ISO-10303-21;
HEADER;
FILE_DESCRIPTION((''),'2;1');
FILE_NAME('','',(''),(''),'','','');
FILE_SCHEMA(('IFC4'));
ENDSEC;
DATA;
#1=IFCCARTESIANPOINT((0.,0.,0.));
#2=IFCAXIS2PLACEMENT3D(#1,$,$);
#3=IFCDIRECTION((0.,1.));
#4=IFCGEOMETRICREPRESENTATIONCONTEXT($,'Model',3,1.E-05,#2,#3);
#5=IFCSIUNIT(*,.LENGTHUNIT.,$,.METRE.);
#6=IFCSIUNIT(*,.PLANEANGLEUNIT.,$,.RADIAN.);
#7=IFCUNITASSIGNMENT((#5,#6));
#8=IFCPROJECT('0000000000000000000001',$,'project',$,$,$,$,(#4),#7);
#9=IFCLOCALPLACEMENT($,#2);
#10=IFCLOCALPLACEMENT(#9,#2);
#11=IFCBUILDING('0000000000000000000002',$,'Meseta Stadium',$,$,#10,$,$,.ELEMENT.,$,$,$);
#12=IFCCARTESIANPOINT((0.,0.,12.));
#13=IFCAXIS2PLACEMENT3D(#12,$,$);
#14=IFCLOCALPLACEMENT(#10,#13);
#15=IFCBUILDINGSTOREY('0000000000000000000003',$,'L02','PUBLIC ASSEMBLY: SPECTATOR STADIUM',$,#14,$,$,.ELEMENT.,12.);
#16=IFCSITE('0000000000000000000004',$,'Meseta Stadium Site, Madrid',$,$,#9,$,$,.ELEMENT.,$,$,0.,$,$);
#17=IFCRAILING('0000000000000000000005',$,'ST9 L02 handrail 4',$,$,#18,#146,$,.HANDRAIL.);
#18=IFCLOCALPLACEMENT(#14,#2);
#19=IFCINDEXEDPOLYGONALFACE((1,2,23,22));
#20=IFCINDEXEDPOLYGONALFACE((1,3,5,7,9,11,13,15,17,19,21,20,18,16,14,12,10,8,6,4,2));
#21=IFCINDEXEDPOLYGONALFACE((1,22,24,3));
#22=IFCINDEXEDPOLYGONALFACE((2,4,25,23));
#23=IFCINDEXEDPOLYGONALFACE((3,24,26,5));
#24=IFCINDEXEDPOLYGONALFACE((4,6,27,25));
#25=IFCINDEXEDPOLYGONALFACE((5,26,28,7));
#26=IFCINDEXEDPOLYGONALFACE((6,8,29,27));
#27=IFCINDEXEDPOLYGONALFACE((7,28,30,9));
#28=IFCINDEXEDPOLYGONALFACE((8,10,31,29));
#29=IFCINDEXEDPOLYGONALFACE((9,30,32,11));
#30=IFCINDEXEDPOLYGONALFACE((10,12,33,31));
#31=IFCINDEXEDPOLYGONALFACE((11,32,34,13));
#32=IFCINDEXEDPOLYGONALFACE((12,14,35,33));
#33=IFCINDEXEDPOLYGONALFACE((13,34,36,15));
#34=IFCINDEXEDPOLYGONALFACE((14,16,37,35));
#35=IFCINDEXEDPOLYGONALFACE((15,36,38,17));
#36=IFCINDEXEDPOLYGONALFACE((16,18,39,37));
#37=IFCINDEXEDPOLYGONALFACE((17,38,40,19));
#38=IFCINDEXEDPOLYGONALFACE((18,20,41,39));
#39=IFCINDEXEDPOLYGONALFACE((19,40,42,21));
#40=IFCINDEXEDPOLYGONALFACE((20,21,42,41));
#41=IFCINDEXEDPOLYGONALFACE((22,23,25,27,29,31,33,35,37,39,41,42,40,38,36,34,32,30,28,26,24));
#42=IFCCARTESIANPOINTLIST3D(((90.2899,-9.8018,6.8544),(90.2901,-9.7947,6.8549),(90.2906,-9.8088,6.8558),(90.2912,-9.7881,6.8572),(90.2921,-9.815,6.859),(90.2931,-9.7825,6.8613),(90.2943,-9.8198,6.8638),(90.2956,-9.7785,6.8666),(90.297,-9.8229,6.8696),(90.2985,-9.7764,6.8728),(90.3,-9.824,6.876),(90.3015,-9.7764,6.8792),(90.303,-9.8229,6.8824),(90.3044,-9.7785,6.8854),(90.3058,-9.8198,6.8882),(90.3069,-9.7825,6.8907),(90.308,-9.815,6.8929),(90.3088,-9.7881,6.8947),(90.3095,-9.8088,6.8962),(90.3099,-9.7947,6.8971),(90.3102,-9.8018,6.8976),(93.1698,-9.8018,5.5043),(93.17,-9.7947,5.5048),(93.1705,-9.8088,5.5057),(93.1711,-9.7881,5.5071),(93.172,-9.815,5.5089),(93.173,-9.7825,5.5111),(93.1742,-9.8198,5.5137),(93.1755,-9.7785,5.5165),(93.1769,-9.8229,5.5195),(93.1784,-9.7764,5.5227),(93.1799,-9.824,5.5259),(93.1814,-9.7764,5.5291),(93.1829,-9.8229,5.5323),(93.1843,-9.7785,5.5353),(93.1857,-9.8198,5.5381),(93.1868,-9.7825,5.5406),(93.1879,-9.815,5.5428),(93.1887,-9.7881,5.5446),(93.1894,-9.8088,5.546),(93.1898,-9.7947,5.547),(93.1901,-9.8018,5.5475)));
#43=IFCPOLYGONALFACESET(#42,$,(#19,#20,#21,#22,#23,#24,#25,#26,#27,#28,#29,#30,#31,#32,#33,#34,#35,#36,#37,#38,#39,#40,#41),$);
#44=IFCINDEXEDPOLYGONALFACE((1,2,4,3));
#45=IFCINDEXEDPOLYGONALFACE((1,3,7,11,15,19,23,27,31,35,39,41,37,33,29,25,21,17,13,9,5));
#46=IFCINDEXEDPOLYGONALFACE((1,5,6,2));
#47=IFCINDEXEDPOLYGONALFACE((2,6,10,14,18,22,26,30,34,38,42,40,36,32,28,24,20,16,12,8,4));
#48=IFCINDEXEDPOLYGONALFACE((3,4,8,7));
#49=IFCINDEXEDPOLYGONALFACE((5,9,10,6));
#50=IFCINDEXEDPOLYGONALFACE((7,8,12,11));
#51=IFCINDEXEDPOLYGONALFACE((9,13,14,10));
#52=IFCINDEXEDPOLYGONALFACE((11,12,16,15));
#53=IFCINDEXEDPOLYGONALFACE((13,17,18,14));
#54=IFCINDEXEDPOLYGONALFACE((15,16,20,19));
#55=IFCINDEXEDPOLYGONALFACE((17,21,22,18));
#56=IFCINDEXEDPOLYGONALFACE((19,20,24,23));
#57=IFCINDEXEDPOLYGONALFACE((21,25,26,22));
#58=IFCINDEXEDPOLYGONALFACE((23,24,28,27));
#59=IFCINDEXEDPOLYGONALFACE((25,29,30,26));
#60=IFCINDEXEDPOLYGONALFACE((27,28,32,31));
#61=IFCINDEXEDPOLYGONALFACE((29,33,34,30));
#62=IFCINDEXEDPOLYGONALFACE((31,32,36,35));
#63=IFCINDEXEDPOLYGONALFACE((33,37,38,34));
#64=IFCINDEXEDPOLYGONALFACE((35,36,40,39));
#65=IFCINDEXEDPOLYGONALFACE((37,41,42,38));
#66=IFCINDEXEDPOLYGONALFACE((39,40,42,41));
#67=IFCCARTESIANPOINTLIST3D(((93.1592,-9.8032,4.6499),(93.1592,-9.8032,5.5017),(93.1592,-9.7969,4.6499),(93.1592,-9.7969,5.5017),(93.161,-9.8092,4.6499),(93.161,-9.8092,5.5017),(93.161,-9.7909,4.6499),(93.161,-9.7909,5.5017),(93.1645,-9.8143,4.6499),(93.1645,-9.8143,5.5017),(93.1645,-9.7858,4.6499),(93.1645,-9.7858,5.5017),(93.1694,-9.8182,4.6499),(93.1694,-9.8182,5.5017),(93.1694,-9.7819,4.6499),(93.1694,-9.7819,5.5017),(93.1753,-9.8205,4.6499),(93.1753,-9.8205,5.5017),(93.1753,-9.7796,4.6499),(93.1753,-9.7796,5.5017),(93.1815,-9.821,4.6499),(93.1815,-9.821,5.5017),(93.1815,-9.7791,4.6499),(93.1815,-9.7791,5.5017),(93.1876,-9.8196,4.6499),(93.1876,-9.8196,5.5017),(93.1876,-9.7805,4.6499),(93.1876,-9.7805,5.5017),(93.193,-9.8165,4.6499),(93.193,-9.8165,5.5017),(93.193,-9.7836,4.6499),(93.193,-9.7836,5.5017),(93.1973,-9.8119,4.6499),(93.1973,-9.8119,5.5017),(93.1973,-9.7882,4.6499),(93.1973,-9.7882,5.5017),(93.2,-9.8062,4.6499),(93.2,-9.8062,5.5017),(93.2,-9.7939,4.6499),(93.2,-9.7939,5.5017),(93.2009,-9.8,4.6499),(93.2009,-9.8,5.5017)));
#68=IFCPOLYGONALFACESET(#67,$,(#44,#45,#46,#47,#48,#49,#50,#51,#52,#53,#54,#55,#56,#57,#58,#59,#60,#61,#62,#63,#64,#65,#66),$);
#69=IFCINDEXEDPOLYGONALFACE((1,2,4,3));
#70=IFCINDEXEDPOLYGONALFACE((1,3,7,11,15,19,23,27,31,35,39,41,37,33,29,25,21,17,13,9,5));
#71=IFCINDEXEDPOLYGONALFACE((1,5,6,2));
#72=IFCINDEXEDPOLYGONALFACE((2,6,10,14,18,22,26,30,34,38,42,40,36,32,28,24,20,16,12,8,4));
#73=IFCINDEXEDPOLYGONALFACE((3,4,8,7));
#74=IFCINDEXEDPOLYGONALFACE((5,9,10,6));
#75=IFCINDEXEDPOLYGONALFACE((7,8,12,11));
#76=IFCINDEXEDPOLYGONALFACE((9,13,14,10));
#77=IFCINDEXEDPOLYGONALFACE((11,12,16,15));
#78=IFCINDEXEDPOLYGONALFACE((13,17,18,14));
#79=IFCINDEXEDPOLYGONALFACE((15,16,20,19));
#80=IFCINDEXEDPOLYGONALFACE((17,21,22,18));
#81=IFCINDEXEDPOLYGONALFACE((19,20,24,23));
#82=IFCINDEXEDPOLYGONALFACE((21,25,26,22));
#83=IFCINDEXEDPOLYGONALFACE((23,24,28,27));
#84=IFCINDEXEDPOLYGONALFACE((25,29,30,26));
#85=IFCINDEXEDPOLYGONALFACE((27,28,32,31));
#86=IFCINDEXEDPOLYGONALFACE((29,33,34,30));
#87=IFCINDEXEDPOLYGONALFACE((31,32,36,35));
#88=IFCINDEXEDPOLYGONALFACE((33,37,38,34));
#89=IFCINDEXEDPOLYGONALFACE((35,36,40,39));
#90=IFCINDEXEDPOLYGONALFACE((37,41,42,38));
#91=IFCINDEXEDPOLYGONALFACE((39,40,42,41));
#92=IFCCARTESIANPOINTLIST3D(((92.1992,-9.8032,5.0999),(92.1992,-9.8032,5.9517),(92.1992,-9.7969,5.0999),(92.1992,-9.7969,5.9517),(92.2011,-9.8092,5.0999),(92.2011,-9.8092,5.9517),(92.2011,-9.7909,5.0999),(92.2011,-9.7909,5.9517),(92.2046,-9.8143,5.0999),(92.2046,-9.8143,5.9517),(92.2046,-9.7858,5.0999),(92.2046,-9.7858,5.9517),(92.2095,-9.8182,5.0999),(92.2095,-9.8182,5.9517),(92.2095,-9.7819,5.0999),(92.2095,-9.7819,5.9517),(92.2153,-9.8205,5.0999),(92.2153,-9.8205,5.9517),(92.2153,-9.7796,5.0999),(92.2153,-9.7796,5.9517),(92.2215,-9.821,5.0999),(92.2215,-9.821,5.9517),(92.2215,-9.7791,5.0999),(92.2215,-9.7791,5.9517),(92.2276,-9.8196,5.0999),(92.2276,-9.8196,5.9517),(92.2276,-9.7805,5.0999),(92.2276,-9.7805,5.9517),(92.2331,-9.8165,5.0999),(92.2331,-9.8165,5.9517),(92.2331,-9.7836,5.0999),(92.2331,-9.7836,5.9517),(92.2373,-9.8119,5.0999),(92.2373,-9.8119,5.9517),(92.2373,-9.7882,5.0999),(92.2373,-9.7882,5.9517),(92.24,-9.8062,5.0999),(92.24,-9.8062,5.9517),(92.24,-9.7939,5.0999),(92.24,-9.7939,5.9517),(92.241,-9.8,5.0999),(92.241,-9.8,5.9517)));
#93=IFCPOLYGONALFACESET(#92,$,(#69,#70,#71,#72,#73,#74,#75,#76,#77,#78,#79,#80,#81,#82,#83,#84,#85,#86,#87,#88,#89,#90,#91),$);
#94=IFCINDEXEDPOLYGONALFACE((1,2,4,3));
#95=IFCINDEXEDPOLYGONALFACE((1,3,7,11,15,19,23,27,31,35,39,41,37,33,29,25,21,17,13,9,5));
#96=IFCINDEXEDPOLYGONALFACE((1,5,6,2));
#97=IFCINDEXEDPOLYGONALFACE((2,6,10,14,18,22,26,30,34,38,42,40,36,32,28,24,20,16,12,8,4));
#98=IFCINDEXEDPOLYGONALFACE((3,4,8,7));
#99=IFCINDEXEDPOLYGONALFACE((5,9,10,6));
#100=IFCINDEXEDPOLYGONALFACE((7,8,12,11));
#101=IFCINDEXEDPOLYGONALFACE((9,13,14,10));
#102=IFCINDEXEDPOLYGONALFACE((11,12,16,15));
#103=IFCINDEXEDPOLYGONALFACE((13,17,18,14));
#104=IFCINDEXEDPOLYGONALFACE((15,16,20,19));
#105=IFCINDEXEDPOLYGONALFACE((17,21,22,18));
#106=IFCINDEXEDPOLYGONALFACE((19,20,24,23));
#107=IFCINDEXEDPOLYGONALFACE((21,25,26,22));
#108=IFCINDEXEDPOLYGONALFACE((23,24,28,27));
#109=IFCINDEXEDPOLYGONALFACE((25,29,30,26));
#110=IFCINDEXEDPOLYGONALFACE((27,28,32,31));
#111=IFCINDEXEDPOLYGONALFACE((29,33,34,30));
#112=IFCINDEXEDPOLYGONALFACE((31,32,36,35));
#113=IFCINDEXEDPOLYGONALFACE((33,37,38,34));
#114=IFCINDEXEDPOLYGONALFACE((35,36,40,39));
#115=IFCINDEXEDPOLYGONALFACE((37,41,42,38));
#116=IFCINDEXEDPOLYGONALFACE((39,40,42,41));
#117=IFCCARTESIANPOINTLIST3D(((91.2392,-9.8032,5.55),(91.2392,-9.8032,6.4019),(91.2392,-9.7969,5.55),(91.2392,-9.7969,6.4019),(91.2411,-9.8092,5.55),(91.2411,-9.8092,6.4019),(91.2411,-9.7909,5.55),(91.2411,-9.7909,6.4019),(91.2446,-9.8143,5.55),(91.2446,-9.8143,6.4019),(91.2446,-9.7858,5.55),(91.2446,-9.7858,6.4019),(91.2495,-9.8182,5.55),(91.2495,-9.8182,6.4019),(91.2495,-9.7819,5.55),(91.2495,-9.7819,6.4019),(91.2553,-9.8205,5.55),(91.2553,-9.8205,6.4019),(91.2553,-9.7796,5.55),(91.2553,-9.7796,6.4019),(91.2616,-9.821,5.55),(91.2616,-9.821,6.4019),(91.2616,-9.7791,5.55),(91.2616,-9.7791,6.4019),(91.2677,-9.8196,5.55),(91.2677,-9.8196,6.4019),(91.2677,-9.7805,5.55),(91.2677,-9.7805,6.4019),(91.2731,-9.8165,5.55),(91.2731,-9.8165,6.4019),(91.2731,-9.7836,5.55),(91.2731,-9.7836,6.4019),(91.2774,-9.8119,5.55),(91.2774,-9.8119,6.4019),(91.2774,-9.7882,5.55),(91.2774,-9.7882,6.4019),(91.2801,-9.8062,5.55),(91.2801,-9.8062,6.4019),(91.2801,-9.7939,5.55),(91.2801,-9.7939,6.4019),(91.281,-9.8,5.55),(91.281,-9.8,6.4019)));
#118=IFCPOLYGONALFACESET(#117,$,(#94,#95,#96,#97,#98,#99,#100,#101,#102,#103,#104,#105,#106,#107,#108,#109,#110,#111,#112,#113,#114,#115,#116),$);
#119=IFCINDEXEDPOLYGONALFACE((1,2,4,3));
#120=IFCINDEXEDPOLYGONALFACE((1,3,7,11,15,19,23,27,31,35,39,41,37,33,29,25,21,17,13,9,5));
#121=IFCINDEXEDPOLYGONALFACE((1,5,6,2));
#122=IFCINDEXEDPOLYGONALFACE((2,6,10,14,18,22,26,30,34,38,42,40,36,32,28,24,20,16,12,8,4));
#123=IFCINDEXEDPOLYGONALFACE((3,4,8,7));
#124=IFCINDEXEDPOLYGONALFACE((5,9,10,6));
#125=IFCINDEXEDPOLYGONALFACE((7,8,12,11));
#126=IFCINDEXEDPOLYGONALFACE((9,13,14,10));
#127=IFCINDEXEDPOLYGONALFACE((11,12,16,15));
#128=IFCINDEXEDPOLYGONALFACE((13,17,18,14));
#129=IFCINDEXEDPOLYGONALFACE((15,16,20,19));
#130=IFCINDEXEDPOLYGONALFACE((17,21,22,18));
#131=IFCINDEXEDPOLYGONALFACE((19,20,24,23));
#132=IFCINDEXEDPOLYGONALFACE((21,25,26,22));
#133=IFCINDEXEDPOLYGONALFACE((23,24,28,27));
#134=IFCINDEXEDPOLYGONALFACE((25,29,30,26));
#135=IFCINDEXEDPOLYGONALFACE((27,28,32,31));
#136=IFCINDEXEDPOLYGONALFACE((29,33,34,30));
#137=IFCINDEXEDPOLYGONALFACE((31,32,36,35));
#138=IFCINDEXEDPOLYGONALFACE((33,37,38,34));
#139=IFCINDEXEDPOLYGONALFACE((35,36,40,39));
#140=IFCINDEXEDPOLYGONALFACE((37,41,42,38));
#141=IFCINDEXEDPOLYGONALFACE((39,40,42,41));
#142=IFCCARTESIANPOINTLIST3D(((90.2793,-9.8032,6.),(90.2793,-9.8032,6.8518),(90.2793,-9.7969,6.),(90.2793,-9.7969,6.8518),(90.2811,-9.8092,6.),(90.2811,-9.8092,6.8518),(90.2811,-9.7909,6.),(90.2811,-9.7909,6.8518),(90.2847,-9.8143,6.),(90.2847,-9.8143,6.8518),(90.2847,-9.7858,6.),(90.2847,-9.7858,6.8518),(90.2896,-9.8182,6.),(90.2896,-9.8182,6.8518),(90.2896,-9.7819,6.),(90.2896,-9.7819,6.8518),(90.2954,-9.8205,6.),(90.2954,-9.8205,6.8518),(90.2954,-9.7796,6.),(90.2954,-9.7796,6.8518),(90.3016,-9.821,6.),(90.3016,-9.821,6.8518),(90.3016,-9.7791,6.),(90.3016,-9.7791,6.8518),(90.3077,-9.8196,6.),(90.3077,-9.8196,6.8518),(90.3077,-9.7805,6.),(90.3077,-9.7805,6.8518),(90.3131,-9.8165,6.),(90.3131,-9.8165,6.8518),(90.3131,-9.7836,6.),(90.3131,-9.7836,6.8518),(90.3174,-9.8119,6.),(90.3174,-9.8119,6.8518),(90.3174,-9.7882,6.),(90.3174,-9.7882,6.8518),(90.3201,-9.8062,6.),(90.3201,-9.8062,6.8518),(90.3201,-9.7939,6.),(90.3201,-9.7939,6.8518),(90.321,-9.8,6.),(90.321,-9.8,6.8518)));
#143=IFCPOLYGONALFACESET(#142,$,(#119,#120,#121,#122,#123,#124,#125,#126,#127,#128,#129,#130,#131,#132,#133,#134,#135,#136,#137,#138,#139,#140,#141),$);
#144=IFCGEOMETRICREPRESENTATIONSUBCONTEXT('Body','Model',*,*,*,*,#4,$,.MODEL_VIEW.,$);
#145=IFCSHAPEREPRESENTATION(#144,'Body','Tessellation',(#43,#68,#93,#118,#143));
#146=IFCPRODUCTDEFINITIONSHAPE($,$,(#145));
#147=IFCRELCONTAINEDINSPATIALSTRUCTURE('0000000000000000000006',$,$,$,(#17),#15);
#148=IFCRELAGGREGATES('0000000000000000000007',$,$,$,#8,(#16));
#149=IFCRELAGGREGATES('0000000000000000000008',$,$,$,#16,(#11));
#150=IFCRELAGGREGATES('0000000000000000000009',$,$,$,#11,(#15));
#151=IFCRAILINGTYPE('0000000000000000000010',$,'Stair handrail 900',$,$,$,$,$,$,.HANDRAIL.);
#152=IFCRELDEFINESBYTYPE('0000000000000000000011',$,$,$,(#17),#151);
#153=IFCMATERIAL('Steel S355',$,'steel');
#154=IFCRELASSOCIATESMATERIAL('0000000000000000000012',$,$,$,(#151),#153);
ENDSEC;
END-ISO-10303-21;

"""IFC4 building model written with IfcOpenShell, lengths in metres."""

from ifc_helpers import new_model, si_unit, direction, frame, origin, origin_2d, place, context, subcontext, project, spatial, circle, extrude, material, type_object, element, save


model = new_model("IFC4")

# Units and contexts
model_context = context("Model", 3, precision=1e-05, world=origin(), true_north=direction((0.0, 1.0)))
body_context = subcontext(model_context, "Body", "Model", "MODEL_VIEW")
ifc_project = project(units=[si_unit("LENGTHUNIT", "METRE"), si_unit("PLANEANGLEUNIT", "RADIAN")], contexts=[model_context])

# Site, building, storey
site_placement = place(None, origin())
site = spatial("IfcSite", under=ifc_project, at=site_placement, Name="Meseta Stadium Site, Madrid", CompositionType="ELEMENT", RefElevation=0.0)
building_placement = place(site_placement, origin())
building = spatial("IfcBuilding", under=site, at=building_placement, Name="Meseta Stadium", CompositionType="ELEMENT")
storey_placement = place(building_placement, frame((0.0, 0.0, 12.0)))
storey = spatial("IfcBuildingStorey", under=building, at=storey_placement, Name="L02", Description="PUBLIC ASSEMBLY: SPECTATOR STADIUM", CompositionType="ELEMENT", Elevation=12.0)

# Railing
ifc_material_1 = material(Name="Steel S355", Category="steel")
railing_type_1 = type_object("IfcRailingType", Name="Stair handrail 900", PredefinedType="HANDRAIL", material=ifc_material_1)
railing_1_placement = place(storey_placement, frame((93.1799, -9.8, 4.6499)))
element("IfcRailing", 1, at=railing_1_placement, inside=storey, type_object=railing_type_1, Name="ST9 L02 handrail 4", PredefinedType="HANDRAIL", context=body_context, shape_type="SweptSolid", body=[
    extrude(circle(Radius=0.0239, at=origin_2d()), frame((0.0, 0.0, 0.876), z_axis=(-0.90544, 0.0, 0.424473), x_axis=(0.0, -1.0, 0.0)), (0.0, 0.0, 1.0), 3.1807),
    extrude(circle(Radius=0.021, at=origin_2d()), origin(), (0.0, 0.0, 1.0), 0.8518),
    extrude(circle(Radius=0.021, at=origin_2d()), frame((-0.96, 0.0, 0.45)), (0.0, 0.0, 1.0), 0.8518),
    extrude(circle(Radius=0.021, at=origin_2d()), frame((-1.9199, 0.0, 0.9001)), (0.0, 0.0, 1.0), 0.8518),
    extrude(circle(Radius=0.021, at=origin_2d()), frame((-2.8799, 0.0, 1.3501)), (0.0, 0.0, 1.0), 0.8518),
])

save(model, "model.ifc")
